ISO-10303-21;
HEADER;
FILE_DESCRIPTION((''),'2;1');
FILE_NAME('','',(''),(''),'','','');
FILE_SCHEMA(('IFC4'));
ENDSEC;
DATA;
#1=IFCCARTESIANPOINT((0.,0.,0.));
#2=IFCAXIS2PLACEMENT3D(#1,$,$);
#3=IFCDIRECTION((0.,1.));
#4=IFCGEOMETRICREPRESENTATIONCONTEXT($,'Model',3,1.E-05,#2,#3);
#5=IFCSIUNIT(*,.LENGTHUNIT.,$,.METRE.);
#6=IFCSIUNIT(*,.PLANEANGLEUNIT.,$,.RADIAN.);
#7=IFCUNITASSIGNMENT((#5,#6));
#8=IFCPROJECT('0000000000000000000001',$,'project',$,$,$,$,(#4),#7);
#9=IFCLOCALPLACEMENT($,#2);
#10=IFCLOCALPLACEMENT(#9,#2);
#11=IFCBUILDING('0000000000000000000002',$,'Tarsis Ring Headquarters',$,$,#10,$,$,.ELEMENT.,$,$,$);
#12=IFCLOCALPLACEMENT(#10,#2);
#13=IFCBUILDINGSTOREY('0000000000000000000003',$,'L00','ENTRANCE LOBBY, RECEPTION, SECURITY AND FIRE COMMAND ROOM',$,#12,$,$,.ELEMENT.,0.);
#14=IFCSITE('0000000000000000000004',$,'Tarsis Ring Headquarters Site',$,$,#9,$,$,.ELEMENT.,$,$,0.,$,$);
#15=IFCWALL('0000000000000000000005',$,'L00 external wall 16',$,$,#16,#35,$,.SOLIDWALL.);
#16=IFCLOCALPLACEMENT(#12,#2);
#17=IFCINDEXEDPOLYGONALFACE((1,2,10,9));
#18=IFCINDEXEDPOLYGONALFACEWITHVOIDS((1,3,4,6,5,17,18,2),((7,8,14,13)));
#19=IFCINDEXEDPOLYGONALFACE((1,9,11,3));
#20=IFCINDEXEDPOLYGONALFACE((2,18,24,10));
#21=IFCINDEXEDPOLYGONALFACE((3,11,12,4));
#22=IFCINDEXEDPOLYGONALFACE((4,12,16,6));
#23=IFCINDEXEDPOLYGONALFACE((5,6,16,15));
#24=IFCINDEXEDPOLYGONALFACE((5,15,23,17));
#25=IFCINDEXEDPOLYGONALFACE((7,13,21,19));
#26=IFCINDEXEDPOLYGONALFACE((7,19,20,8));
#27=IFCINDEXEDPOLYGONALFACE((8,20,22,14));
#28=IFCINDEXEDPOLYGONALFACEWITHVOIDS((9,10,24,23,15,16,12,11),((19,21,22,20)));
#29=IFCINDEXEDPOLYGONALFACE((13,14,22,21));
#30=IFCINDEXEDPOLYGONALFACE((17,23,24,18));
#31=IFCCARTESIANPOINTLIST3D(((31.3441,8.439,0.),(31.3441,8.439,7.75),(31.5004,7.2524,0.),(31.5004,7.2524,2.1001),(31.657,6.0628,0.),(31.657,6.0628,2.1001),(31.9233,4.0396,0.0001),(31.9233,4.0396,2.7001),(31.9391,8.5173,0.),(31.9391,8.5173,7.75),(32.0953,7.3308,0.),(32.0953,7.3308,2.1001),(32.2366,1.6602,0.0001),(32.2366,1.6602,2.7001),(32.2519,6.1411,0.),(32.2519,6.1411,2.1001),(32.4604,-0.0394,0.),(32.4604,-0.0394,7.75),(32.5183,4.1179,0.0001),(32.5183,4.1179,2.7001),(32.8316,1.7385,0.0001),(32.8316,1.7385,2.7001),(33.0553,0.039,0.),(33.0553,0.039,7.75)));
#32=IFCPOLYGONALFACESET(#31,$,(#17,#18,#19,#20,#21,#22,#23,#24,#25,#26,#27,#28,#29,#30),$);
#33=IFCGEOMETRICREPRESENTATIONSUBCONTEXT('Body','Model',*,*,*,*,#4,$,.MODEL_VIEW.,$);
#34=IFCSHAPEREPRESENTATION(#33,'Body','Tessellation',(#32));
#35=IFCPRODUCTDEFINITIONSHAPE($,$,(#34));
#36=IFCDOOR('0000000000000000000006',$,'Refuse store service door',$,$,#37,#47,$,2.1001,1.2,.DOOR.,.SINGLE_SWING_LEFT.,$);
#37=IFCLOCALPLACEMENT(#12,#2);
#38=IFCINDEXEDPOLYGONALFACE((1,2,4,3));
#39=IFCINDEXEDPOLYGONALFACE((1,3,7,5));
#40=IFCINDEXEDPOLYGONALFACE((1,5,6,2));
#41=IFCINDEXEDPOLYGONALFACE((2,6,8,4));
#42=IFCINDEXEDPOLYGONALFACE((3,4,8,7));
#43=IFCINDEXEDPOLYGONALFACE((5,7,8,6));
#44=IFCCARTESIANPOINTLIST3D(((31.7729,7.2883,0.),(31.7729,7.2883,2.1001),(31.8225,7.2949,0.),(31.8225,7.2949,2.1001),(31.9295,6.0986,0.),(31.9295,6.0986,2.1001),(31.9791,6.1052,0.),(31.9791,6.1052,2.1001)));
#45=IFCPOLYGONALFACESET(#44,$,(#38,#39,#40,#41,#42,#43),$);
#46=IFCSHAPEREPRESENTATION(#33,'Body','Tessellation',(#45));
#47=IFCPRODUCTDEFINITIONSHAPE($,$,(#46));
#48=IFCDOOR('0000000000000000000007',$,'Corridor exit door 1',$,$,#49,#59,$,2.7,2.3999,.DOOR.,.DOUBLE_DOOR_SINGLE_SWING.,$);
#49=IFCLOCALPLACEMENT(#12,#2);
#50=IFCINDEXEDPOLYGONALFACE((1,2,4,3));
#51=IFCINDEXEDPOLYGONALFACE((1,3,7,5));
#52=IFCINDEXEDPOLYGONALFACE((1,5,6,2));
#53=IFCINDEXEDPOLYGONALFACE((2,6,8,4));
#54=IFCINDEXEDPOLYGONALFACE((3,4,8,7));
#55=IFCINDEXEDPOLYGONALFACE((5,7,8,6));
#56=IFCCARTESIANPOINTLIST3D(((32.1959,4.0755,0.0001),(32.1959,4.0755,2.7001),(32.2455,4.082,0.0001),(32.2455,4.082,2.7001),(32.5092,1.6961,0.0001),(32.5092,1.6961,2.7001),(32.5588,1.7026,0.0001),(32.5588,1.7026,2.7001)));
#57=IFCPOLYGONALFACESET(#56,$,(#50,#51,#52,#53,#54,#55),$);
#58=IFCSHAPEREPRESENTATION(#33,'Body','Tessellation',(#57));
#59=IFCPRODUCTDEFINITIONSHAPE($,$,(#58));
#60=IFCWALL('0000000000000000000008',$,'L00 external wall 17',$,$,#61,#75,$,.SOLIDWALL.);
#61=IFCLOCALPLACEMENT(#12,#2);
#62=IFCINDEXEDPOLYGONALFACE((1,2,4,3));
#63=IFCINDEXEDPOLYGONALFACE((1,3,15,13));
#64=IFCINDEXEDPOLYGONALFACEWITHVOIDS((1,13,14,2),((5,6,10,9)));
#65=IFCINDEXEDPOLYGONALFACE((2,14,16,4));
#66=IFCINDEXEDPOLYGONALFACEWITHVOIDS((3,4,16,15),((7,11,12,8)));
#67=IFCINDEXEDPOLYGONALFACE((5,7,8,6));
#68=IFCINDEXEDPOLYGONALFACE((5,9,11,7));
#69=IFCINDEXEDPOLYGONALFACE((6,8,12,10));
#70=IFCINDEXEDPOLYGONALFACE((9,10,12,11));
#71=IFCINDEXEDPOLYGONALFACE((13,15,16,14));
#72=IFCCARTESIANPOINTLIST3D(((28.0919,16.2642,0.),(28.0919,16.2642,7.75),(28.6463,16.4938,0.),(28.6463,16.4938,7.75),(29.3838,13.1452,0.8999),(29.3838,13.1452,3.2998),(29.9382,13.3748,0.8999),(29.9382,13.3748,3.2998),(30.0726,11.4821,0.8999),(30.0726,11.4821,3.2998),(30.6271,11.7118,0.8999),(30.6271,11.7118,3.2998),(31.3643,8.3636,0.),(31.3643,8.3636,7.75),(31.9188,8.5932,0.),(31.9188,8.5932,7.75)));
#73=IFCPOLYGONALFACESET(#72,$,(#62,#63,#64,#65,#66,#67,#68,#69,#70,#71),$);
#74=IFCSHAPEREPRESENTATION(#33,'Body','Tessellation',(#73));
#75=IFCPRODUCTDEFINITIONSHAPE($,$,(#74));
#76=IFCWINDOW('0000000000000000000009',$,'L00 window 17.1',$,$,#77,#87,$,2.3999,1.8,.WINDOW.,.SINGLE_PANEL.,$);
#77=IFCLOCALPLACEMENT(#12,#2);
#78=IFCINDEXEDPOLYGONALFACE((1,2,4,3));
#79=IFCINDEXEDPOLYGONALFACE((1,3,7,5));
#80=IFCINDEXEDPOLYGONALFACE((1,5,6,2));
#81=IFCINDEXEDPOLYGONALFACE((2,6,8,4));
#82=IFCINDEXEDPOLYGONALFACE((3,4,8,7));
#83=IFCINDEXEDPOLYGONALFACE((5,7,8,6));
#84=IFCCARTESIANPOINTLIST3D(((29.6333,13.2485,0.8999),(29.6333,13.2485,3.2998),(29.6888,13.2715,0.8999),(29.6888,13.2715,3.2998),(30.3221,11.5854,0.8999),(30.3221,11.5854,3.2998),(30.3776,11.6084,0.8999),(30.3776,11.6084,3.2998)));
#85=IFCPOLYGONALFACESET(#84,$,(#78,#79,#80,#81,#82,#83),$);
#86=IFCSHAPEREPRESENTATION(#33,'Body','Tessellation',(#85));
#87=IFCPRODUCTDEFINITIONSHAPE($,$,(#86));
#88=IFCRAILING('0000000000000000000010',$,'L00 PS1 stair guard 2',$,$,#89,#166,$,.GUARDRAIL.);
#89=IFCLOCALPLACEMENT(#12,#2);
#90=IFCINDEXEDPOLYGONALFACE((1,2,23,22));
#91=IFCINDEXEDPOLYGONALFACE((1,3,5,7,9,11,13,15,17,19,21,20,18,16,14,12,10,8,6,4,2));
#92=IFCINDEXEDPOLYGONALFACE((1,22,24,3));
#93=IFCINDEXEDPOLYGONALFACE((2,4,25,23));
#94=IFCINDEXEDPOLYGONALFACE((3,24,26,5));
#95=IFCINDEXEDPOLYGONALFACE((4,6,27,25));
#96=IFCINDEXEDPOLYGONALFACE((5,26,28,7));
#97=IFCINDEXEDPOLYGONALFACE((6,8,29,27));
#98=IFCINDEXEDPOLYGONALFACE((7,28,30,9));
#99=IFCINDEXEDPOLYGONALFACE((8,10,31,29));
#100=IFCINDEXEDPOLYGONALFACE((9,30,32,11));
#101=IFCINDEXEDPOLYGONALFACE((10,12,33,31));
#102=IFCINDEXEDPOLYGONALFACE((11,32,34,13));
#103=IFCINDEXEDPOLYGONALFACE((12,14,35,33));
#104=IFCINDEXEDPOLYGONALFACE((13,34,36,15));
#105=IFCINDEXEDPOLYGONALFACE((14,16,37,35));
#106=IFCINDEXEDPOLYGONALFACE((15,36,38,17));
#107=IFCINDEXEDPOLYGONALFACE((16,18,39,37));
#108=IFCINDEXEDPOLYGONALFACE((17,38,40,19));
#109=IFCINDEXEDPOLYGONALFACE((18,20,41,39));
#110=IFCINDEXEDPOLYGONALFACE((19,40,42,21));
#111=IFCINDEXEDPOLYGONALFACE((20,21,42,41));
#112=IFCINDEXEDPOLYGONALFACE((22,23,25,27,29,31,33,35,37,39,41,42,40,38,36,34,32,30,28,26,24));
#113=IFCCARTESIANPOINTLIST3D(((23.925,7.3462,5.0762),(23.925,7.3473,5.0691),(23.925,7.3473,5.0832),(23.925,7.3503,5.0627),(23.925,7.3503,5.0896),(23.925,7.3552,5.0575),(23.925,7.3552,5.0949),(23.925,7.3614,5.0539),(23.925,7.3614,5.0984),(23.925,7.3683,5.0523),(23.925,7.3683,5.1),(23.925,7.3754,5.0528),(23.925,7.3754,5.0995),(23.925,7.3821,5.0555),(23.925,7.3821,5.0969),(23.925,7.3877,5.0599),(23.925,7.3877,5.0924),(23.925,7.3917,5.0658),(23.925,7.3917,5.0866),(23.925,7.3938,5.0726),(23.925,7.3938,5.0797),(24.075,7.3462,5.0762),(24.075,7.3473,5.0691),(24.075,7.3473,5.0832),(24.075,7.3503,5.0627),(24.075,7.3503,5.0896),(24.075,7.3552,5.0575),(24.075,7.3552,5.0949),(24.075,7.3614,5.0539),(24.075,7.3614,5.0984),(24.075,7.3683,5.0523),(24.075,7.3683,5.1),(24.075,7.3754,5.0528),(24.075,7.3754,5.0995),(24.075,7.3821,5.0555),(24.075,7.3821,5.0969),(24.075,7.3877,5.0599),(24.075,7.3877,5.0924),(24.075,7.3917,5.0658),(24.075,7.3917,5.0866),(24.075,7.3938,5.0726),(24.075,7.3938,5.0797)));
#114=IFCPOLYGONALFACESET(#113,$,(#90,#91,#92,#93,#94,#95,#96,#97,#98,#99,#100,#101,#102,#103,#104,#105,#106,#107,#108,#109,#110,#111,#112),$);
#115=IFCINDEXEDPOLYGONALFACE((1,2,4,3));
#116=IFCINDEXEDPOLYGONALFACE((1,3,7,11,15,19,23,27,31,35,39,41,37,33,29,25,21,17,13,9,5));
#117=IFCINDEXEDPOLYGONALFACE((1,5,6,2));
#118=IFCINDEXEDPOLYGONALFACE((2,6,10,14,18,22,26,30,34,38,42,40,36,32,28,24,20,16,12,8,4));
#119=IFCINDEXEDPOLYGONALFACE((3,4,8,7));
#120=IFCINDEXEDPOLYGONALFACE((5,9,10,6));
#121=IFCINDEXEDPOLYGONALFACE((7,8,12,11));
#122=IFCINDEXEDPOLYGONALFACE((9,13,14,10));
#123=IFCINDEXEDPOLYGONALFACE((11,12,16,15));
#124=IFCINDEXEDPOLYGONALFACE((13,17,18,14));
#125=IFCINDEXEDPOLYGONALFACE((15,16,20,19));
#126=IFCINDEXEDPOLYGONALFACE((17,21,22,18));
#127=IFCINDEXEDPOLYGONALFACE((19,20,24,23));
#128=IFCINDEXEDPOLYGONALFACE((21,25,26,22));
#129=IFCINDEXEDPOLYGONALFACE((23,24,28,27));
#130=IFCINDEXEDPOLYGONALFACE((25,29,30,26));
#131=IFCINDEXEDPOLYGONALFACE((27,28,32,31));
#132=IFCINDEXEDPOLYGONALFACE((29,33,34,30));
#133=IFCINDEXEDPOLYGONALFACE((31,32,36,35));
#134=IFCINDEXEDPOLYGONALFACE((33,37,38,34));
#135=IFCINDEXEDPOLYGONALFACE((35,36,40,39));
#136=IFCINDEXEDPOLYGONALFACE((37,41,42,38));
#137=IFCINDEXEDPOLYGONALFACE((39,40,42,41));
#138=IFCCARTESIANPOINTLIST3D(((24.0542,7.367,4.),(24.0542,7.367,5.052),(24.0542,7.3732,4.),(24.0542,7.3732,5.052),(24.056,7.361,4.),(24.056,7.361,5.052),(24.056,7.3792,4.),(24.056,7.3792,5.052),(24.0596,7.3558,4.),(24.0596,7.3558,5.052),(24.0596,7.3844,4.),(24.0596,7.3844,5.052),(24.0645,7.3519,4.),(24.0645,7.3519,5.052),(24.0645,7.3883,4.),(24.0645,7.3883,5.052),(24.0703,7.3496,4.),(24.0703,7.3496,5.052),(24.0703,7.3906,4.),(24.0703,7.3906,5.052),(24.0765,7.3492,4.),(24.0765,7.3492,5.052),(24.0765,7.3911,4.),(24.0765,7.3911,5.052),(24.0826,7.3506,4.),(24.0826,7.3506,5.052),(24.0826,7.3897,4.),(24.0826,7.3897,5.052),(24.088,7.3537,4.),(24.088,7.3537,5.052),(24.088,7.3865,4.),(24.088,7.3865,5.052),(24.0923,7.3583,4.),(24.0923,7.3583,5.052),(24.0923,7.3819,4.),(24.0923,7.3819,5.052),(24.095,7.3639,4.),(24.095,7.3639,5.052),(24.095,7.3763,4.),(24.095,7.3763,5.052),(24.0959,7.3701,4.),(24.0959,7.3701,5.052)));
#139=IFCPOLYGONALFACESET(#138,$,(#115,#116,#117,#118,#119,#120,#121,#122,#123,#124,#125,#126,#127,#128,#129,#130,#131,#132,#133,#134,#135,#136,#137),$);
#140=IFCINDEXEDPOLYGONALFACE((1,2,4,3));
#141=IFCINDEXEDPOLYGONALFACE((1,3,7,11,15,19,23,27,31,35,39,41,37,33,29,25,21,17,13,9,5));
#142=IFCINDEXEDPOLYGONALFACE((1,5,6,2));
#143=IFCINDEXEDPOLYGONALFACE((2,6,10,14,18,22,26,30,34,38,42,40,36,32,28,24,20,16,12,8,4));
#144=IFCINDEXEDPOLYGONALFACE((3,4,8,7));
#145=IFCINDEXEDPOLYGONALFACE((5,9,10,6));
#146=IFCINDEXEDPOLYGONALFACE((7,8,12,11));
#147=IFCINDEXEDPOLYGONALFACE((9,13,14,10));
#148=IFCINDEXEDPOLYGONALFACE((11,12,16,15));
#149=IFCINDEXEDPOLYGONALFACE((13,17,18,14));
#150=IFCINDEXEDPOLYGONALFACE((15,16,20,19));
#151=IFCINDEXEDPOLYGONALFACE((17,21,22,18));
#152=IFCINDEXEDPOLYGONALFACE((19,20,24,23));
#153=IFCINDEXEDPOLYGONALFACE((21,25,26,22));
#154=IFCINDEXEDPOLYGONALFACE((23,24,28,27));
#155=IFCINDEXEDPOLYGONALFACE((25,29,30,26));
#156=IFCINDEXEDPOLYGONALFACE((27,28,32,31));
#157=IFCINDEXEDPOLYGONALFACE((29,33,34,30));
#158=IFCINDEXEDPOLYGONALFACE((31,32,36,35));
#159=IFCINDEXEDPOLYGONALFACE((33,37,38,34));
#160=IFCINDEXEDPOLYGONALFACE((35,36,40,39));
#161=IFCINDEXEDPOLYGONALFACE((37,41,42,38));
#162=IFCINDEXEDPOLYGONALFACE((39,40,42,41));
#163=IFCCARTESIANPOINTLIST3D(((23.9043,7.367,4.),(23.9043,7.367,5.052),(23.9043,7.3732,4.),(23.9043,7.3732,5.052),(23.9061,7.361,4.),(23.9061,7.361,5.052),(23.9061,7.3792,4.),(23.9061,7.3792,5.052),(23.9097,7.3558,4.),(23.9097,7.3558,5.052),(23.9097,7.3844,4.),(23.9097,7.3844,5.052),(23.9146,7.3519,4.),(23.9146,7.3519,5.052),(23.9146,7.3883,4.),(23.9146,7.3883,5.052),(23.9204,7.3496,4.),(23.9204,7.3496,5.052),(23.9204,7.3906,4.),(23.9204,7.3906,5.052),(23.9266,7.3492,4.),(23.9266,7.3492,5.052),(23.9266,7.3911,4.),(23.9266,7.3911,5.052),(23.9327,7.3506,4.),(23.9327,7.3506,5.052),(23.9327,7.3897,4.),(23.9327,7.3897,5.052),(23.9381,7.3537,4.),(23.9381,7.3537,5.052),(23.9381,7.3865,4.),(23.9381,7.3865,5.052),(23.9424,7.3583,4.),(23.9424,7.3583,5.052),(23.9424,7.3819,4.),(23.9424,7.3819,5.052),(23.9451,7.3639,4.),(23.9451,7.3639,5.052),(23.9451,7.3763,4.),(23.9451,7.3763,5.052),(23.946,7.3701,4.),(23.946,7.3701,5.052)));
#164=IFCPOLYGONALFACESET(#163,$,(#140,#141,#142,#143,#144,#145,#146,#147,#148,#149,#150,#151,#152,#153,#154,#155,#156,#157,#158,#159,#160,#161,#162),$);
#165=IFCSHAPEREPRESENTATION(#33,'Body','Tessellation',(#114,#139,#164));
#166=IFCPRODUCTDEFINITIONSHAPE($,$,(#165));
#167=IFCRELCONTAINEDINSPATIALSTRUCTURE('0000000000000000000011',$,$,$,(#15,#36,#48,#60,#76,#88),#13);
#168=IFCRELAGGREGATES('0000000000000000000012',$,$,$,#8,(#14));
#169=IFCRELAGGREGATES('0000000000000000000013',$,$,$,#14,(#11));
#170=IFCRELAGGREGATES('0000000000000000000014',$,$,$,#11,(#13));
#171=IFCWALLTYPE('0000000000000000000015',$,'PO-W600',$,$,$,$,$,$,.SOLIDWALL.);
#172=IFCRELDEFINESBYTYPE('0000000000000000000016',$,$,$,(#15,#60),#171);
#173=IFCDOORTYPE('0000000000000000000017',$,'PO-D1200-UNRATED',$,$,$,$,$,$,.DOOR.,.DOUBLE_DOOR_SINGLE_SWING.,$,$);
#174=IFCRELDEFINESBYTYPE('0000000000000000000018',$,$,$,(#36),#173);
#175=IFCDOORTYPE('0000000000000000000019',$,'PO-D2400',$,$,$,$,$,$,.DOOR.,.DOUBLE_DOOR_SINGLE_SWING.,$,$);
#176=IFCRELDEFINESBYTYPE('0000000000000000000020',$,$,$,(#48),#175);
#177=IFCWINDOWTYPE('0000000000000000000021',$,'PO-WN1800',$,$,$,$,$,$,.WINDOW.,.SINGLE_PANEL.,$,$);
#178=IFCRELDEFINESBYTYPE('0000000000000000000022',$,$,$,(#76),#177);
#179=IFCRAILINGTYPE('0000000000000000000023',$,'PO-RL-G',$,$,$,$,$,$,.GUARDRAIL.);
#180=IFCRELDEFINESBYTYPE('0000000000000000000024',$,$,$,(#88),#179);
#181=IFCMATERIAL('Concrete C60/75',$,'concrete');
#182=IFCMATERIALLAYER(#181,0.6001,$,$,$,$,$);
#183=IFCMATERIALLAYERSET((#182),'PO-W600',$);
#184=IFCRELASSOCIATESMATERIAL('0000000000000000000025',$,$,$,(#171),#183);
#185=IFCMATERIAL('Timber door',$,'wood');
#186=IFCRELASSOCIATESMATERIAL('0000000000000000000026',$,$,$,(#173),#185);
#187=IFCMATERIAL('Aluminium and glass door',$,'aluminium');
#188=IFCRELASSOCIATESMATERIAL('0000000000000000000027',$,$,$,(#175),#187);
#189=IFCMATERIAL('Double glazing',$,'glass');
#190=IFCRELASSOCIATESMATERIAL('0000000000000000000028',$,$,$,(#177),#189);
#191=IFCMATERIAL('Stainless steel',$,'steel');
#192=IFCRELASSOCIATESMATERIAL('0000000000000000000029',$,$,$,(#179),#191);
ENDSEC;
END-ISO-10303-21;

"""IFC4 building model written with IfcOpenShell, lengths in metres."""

from ifc_helpers import new_model, si_unit, direction, frame, frame_2d, origin, origin_2d, place, context, subcontext, project, spatial, rectangle, circle, extrude, material, layer, layer_set, type_object, element, fill, save


model = new_model("IFC4")

# Units and contexts
model_context = context("Model", 3, precision=1e-05, world=origin(), true_north=direction((0.0, 1.0)))
body_context = subcontext(model_context, "Body", "Model", "MODEL_VIEW")
ifc_project = project(units=[si_unit("LENGTHUNIT", "METRE"), si_unit("PLANEANGLEUNIT", "RADIAN")], contexts=[model_context])

# Site, building, storey
site_placement = place(None, origin())
site = spatial("IfcSite", under=ifc_project, at=site_placement, Name="Tarsis Ring Headquarters Site", CompositionType="ELEMENT", RefElevation=0.0)
building_placement = place(site_placement, origin())
building = spatial("IfcBuilding", under=site, at=building_placement, Name="Tarsis Ring Headquarters", CompositionType="ELEMENT")
storey_placement = place(building_placement, origin())
storey = spatial("IfcBuildingStorey", under=building, at=storey_placement, Name="L00", Description="ENTRANCE LOBBY, RECEPTION, SECURITY AND FIRE COMMAND ROOM", CompositionType="ELEMENT", Elevation=0.0)

# Shared definitions
ifc_material_1 = material(Name="Concrete C60/75", Category="concrete")

# Wall, openings, doors
ifc_layer_1 = layer(ifc_material_1, 0.6001)
ifc_layer_set_1 = layer_set([ifc_layer_1], Name="PO-W600")
wall_type_1 = type_object("IfcWallType", Name="PO-W600", PredefinedType="SOLIDWALL", material=ifc_layer_set_1)
wall_1_placement = place(storey_placement, frame((31.6416, 8.4783, 0.0), z_axis=(0.0, 0.0, 1.0), x_axis=(0.130529, -0.991444, 0.0)))
wall_1 = element("IfcWall", 1, at=wall_1_placement, inside=storey, type_object=wall_type_1, Name="L00 external wall 16", PredefinedType="SOLIDWALL", context=body_context, shape_type="SweptSolid", body=[
    extrude(rectangle(XDim=8.5515, YDim=0.6001, at=frame_2d((4.2759, 0.0))), origin(), (0.0, 0.0, 1.0), 7.75),
])
opening_1_placement = place(wall_1_placement, frame((4.4375, 0.0, 0.0)))
opening_1 = element("IfcOpeningElement", 2, at=opening_1_placement, cuts=wall_1, PredefinedType="OPENING", context=body_context, shape_type="SweptSolid", body=[
    extrude(rectangle(XDim=2.3999, YDim=2.7, at=frame_2d((1.2, 1.3501))), frame((0.0, 0.3101, 0.0), z_axis=(0.0, -1.0, 0.0), x_axis=(1.0, 0.0, 0.0)), (0.0, 0.0, 1.0), 0.6201),
])
opening_2_placement = place(wall_1_placement, frame((1.1968, 0.0, 0.0)))
opening_2 = element("IfcOpeningElement", 3, at=opening_2_placement, cuts=wall_1, PredefinedType="OPENING", context=body_context, shape_type="SweptSolid", body=[
    extrude(rectangle(XDim=1.2, YDim=2.1001, at=frame_2d((0.6001, 1.05))), frame((0.0, 0.3101, 0.0), z_axis=(0.0, -1.0, 0.0), x_axis=(1.0, 0.0, 0.0)), (0.0, 0.0, 1.0), 0.6201),
])
ifc_material_2 = material(Name="Timber door", Category="wood")
door_type_1 = type_object("IfcDoorType", Name="PO-D1200-UNRATED", OperationType="DOUBLE_DOOR_SINGLE_SWING", PredefinedType="DOOR", material=ifc_material_2)
door_1_placement = place(opening_2_placement, origin())
door_1 = element("IfcDoor", 4, at=door_1_placement, inside=storey, type_object=door_type_1, Name="Refuse store service door", OperationType="SINGLE_SWING_LEFT", OverallHeight=2.1001, OverallWidth=1.2, PredefinedType="DOOR", context=body_context, shape_type="SweptSolid", body=[
    extrude(rectangle(XDim=1.2, YDim=2.1001, at=frame_2d((0.6001, 1.05))), frame((0.0, 0.0249, 0.0), z_axis=(0.0, -1.0, 0.0), x_axis=(1.0, 0.0, 0.0)), (0.0, 0.0, 1.0), 0.05),
])
fill(opening_2, door_1)
ifc_material_3 = material(Name="Aluminium and glass door", Category="aluminium")
door_type_2 = type_object("IfcDoorType", Name="PO-D2400", OperationType="DOUBLE_DOOR_SINGLE_SWING", PredefinedType="DOOR", material=ifc_material_3)
door_2_placement = place(opening_1_placement, origin())
door_2 = element("IfcDoor", 5, at=door_2_placement, inside=storey, type_object=door_type_2, Name="Corridor exit door 1", OperationType="DOUBLE_DOOR_SINGLE_SWING", OverallHeight=2.7, OverallWidth=2.3999, PredefinedType="DOOR", context=body_context, shape_type="SweptSolid", body=[
    extrude(rectangle(XDim=2.3999, YDim=2.7, at=frame_2d((1.2, 1.3501))), frame((0.0, 0.0249, 0.0), z_axis=(0.0, -1.0, 0.0), x_axis=(1.0, 0.0, 0.0)), (0.0, 0.0, 1.0), 0.05),
])
fill(opening_1, door_2)

# Wall, opening, window
wall_2_placement = place(storey_placement, frame((31.6416, 8.4783, 0.0), z_axis=(0.0, 0.0, 1.0), x_axis=(-0.382675, 0.923883, 0.0)))
wall_2 = element("IfcWall", 6, at=wall_2_placement, inside=storey, type_object=wall_type_1, Name="L00 external wall 17", PredefinedType="SOLIDWALL", context=body_context, shape_type="SweptSolid", body=[
    extrude(rectangle(XDim=8.5515, YDim=0.6001, at=frame_2d((4.2759, 0.0))), origin(), (0.0, 0.0, 1.0), 7.75),
])
opening_3_placement = place(wall_2_placement, frame((3.3757, 0.0, 0.8999)))
opening_3 = element("IfcOpeningElement", 7, at=opening_3_placement, cuts=wall_2, PredefinedType="OPENING", context=body_context, shape_type="SweptSolid", body=[
    extrude(rectangle(XDim=1.8, YDim=2.3999, at=frame_2d((0.8999, 1.2))), frame((0.0, 0.3101, 0.0), z_axis=(0.0, -1.0, 0.0), x_axis=(1.0, 0.0, 0.0)), (0.0, 0.0, 1.0), 0.6201),
])
ifc_material_4 = material(Name="Double glazing", Category="glass")
window_type = type_object("IfcWindowType", Name="PO-WN1800", PartitioningType="SINGLE_PANEL", PredefinedType="WINDOW", material=ifc_material_4)
window_placement = place(opening_3_placement, origin())
window = element("IfcWindow", 8, at=window_placement, inside=storey, type_object=window_type, Name="L00 window 17.1", OverallHeight=2.3999, OverallWidth=1.8, PartitioningType="SINGLE_PANEL", PredefinedType="WINDOW", context=body_context, shape_type="SweptSolid", body=[
    extrude(rectangle(XDim=1.8, YDim=2.3999, at=frame_2d((0.8999, 1.2))), frame((0.0, 0.03, 0.0), z_axis=(0.0, -1.0, 0.0), x_axis=(1.0, 0.0, 0.0)), (0.0, 0.0, 1.0), 0.0601),
])
fill(opening_3, window)

# Railing
ifc_material_5 = material(Name="Stainless steel", Category="steel")
railing_type_1 = type_object("IfcRailingType", Name="PO-RL-G", PredefinedType="GUARDRAIL", material=ifc_material_5)
railing_1_placement = place(storey_placement, frame((24.075, 7.3701, 4.0)))
element("IfcRailing", 9, at=railing_1_placement, inside=storey, type_object=railing_type_1, Name="L00 PS1 stair guard 2", PredefinedType="GUARDRAIL", context=body_context, shape_type="SweptSolid", body=[
    extrude(circle(Radius=0.0239, at=origin_2d()), frame((0.0, 0.0, 1.0762), z_axis=(-1.0, 0.0, 0.0), x_axis=(0.0, -1.0, 0.0)), (0.0, 0.0, 1.0), 0.1499),
    extrude(circle(Radius=0.021, at=origin_2d()), origin(), (0.0, 0.0, 1.0), 1.052),
    extrude(circle(Radius=0.021, at=origin_2d()), frame((-0.1499, 0.0, 0.0)), (0.0, 0.0, 1.0), 1.052),
])

save(model, "model.ifc")
